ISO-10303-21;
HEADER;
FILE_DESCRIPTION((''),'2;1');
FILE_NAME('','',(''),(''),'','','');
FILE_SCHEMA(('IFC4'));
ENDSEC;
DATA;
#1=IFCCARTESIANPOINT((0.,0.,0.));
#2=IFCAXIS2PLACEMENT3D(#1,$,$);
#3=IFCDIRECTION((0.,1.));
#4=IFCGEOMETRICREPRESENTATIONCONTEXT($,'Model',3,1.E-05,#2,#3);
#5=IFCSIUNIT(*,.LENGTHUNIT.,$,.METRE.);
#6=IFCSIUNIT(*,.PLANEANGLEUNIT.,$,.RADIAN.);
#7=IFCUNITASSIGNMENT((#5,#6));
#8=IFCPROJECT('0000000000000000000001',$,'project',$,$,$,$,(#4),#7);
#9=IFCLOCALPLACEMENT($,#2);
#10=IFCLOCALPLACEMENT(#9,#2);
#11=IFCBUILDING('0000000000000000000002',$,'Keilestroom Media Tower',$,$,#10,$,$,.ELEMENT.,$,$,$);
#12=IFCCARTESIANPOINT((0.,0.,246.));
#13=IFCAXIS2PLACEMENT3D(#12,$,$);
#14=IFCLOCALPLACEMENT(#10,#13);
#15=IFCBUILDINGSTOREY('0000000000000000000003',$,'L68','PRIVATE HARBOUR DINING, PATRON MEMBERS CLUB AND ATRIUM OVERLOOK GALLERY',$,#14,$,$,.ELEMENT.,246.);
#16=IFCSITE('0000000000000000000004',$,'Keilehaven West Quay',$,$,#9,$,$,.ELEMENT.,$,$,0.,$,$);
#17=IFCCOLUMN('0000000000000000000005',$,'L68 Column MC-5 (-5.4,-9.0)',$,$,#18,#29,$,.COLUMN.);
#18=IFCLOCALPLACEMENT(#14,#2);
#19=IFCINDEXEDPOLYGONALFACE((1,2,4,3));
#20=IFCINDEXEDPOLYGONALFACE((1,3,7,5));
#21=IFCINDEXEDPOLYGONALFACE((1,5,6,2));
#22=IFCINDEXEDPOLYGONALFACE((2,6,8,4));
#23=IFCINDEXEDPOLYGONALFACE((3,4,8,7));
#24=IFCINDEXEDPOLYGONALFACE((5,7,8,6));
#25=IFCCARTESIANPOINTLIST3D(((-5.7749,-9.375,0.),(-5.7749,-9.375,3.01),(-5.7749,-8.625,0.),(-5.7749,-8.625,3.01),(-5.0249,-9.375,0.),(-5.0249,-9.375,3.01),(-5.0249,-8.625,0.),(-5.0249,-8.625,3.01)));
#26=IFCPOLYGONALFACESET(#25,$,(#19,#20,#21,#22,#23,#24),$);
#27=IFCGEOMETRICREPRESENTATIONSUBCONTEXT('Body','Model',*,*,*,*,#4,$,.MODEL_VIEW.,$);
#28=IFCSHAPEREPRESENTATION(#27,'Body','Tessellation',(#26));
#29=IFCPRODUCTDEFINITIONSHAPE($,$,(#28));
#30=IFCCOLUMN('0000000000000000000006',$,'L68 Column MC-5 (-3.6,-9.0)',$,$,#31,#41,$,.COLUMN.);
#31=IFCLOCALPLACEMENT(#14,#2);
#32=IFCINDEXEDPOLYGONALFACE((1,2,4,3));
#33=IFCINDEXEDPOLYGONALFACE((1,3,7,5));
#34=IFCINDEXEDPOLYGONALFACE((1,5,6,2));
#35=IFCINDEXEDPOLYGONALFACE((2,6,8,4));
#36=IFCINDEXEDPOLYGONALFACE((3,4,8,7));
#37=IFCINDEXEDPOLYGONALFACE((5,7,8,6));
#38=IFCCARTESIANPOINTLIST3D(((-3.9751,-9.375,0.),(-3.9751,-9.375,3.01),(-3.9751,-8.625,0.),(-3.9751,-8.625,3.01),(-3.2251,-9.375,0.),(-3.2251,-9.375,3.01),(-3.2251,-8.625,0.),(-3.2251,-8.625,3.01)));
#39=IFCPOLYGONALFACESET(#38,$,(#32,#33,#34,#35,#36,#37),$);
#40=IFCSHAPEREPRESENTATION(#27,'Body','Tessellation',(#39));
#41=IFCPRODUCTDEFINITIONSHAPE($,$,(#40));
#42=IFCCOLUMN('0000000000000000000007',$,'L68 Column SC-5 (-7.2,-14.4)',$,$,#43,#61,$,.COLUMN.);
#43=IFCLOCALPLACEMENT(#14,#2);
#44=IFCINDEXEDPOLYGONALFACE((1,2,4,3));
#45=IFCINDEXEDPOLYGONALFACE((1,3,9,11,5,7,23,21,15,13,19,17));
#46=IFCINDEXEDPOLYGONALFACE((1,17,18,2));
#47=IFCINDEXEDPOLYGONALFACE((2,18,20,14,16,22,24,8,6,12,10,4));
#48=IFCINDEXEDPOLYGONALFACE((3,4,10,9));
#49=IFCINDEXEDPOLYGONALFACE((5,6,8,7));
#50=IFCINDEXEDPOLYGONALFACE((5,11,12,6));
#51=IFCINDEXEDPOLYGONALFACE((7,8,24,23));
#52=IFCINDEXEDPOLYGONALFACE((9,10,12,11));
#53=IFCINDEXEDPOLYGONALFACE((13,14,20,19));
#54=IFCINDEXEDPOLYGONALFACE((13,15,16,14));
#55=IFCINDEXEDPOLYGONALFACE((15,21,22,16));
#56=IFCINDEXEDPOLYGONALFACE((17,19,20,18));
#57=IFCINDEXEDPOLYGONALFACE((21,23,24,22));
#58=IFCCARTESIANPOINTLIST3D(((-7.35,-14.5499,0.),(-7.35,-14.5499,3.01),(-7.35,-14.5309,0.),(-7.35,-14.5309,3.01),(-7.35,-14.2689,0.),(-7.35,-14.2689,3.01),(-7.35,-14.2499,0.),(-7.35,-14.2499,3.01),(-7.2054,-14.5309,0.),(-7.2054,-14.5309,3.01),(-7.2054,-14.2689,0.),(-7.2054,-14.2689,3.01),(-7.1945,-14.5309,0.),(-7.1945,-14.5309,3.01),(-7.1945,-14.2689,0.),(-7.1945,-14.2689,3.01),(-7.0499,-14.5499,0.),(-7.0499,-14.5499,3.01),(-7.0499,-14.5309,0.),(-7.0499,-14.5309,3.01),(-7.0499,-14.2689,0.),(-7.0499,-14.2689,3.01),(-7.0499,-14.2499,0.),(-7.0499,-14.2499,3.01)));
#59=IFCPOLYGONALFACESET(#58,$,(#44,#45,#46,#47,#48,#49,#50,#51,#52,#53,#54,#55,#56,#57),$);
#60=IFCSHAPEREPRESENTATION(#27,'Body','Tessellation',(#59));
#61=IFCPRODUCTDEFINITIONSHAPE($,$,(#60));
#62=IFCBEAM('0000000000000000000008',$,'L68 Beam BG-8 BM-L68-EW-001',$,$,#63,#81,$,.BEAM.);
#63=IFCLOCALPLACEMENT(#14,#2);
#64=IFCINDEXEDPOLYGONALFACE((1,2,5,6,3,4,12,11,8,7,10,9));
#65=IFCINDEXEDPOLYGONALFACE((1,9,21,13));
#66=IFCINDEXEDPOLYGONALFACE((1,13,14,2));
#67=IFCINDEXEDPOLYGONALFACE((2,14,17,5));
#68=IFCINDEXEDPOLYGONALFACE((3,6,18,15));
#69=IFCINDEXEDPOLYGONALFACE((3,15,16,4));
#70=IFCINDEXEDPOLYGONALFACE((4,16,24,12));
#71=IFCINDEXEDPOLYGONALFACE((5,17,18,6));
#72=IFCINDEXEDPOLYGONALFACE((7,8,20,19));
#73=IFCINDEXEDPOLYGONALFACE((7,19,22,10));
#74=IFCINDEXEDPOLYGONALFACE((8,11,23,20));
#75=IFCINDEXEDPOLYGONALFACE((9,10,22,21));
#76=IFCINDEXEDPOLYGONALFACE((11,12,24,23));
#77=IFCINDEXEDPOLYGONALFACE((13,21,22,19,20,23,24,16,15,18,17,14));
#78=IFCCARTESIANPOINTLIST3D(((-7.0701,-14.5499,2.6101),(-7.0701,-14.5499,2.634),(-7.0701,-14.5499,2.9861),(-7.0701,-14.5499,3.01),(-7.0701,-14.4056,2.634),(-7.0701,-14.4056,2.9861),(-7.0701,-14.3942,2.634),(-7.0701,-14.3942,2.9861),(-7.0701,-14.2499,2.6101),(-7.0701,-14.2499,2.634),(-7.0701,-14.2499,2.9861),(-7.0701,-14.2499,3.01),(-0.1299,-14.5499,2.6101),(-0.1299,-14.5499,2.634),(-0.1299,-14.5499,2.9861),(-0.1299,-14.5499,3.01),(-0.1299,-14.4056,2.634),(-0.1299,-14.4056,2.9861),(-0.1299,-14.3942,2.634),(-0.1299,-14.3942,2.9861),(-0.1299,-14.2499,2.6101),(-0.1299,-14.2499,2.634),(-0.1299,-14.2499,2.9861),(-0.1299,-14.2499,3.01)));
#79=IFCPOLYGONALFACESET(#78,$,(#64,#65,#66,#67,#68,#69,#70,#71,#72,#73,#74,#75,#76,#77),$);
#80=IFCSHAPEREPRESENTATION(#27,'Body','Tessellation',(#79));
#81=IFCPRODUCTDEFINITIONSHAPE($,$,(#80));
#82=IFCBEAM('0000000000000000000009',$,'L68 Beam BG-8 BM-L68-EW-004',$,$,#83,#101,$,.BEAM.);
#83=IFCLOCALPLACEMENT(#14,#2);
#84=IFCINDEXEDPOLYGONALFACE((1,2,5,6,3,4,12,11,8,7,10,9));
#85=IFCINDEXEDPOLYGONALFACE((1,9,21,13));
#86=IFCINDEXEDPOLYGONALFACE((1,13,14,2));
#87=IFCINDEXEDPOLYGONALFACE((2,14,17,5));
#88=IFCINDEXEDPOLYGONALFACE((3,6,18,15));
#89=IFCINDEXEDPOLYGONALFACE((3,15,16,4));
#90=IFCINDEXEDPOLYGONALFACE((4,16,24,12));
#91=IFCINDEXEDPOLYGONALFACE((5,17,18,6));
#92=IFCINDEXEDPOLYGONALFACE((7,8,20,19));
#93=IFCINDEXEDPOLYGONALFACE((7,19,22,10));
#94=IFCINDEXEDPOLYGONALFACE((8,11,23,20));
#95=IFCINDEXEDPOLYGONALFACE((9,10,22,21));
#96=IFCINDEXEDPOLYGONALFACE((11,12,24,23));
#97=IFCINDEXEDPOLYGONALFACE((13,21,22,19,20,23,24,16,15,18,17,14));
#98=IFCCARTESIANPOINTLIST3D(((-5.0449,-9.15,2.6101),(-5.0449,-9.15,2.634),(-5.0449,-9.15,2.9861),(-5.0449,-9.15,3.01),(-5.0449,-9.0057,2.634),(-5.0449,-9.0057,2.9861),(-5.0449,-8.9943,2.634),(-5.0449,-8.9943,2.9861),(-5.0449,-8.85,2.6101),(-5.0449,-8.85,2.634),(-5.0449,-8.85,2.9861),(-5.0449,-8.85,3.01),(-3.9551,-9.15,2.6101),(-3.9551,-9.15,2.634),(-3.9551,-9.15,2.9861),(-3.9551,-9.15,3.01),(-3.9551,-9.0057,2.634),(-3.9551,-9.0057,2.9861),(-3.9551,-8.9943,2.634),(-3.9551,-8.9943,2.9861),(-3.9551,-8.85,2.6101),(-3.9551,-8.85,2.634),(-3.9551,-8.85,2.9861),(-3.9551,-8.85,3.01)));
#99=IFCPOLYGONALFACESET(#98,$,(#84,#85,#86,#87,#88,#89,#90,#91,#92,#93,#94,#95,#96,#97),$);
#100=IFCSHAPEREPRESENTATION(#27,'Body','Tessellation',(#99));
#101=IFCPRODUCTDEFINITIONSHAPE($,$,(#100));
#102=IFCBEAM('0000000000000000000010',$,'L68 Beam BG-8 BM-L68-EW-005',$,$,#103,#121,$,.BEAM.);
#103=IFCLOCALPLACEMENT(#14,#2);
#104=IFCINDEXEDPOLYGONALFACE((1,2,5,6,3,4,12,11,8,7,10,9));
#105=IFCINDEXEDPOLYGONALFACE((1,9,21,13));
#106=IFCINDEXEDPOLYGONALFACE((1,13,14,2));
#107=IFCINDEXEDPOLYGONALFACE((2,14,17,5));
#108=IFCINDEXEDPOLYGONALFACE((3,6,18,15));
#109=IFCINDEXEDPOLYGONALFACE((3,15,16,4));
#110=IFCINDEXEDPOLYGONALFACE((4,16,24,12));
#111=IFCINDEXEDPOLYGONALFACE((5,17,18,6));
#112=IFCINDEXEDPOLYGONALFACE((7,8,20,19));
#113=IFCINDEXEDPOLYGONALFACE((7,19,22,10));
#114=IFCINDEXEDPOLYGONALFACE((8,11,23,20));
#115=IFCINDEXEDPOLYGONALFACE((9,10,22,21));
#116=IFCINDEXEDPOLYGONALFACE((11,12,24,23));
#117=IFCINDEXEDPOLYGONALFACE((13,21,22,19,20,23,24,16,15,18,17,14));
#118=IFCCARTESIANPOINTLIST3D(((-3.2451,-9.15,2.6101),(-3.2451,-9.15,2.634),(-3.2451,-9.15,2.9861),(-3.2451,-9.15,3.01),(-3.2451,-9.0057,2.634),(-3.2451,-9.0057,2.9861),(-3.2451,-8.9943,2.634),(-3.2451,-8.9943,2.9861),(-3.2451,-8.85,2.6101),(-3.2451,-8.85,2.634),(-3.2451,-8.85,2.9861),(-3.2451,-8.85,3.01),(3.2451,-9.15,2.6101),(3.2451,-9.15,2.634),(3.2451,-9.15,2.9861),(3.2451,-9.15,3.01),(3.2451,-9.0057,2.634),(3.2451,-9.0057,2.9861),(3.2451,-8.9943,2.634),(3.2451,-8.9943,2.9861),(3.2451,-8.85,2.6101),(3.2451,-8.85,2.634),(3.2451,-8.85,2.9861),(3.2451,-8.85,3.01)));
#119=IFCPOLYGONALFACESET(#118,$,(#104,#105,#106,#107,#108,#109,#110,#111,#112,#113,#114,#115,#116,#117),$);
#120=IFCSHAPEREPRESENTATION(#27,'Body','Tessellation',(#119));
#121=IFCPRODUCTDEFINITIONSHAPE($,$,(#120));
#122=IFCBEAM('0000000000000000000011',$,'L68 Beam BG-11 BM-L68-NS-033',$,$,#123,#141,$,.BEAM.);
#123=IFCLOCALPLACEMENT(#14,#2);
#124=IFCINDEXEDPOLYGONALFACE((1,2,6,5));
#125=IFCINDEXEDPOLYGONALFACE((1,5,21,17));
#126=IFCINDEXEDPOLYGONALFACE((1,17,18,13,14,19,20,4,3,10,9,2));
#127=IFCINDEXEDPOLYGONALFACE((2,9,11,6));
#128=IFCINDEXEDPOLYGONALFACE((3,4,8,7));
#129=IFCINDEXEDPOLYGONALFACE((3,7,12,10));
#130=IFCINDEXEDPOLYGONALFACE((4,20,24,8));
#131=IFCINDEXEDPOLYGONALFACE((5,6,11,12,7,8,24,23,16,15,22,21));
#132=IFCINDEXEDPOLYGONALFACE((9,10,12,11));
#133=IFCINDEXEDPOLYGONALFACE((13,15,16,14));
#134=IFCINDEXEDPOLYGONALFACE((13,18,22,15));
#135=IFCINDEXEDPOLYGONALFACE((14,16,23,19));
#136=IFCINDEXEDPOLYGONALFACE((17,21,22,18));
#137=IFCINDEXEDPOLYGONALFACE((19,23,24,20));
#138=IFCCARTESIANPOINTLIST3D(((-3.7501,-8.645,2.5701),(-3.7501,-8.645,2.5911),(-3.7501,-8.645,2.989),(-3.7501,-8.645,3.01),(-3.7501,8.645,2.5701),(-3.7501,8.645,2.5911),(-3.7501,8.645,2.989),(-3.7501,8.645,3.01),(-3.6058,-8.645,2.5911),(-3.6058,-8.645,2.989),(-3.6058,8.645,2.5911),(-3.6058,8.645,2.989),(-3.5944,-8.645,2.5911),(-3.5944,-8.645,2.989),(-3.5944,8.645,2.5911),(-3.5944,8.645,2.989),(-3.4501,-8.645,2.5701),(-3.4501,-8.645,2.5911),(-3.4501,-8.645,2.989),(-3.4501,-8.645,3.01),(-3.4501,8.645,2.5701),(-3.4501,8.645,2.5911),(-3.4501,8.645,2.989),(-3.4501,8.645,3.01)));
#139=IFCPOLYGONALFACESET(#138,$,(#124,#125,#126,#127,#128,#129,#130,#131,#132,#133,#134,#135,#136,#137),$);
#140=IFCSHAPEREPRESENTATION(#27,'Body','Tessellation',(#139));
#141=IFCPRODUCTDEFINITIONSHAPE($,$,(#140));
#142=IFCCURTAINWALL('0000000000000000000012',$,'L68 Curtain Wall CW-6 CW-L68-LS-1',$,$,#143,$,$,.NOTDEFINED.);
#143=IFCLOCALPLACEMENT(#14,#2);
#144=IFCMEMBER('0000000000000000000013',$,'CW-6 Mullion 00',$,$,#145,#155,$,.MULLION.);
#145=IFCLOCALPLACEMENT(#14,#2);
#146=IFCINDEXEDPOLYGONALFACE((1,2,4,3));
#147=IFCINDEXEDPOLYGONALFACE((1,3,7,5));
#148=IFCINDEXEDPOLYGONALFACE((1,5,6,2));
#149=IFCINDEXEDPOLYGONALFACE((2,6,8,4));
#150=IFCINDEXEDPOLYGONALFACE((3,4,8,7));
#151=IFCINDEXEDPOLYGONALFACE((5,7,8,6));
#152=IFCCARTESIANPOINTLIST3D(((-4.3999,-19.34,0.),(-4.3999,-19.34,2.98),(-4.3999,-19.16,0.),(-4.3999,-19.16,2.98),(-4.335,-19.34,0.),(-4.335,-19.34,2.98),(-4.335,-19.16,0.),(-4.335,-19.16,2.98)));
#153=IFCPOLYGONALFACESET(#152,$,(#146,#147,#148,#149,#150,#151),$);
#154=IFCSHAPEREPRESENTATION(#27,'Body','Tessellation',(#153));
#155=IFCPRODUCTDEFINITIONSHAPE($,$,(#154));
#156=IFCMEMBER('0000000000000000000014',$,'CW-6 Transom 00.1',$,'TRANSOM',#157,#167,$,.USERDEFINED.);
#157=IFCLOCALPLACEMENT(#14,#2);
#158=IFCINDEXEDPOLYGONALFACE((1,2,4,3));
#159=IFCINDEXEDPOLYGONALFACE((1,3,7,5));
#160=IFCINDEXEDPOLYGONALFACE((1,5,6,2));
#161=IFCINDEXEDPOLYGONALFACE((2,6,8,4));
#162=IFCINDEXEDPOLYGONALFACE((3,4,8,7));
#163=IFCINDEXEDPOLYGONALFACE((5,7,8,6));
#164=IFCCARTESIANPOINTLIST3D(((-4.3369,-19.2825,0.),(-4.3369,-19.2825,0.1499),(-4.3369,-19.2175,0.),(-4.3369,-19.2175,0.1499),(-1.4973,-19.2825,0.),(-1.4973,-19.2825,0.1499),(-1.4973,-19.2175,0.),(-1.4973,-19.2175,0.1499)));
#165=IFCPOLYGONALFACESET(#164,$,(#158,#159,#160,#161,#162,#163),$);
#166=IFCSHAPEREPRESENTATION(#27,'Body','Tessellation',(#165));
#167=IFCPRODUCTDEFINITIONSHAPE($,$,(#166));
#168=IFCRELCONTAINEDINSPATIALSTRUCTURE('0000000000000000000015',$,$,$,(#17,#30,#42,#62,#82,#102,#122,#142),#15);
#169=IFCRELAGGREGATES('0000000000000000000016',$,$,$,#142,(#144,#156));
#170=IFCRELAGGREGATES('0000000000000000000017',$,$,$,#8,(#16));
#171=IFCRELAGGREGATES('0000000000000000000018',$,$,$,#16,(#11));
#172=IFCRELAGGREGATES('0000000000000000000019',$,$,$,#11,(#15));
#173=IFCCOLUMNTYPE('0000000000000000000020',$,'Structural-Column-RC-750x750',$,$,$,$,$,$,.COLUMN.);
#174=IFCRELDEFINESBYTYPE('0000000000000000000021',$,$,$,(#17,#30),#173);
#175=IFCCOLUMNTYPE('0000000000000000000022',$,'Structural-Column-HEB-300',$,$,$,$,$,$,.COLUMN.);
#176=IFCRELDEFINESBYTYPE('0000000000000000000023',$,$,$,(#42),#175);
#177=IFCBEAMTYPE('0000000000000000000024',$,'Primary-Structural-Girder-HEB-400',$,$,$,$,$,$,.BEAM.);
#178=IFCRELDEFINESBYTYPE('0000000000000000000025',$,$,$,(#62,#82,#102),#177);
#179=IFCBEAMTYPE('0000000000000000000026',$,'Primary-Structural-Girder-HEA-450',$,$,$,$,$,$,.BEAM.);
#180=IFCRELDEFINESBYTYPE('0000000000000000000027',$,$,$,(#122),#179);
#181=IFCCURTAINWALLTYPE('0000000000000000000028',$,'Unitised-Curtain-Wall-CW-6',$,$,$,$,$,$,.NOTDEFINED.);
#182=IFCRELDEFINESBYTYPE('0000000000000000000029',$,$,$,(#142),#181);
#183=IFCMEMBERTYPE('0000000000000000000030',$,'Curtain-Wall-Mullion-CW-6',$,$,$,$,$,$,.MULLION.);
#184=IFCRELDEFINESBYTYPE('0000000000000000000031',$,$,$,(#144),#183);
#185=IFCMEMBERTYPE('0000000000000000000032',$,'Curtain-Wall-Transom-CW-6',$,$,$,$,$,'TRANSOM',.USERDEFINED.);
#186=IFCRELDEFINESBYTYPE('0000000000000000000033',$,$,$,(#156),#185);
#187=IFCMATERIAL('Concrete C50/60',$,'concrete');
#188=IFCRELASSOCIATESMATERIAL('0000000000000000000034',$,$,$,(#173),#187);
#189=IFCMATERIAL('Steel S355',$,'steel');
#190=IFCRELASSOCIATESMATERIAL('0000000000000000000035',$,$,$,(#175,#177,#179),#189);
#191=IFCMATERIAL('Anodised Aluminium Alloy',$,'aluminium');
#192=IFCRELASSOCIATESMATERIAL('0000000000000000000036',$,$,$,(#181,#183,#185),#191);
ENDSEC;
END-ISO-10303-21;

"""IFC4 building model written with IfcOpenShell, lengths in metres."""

from ifc_helpers import new_model, si_unit, direction, frame, origin, origin_2d, place, context, subcontext, project, spatial, rectangle, i_section, extrude, source, transform, mapped, material, material_profile, profile_set, type_object, element, aggregate, save


model = new_model("IFC4")

# Units and contexts
model_context = context("Model", 3, precision=1e-05, world=origin(), true_north=direction((0.0, 1.0)))
body_context = subcontext(model_context, "Body", "Model", "MODEL_VIEW")
ifc_project = project(units=[si_unit("LENGTHUNIT", "METRE"), si_unit("PLANEANGLEUNIT", "RADIAN")], contexts=[model_context])

# Site, building, storey
site_placement = place(None, origin())
site = spatial("IfcSite", under=ifc_project, at=site_placement, Name="Keilehaven West Quay", CompositionType="ELEMENT", RefElevation=0.0)
building_placement = place(site_placement, origin())
building = spatial("IfcBuilding", under=site, at=building_placement, Name="Keilestroom Media Tower", CompositionType="ELEMENT")
storey_placement = place(building_placement, frame((0.0, 0.0, 246.0)))
storey = spatial("IfcBuildingStorey", under=building, at=storey_placement, Name="L68", Description="PRIVATE HARBOUR DINING, PATRON MEMBERS CLUB AND ATRIUM OVERLOOK GALLERY", CompositionType="ELEMENT", Elevation=246.0)

# Columns
ifc_material_1 = material(Name="Concrete C50/60", Category="concrete")
ifc_material_profile_1 = material_profile(ifc_material_1, rectangle(XDim=0.75, YDim=0.75, at=origin_2d()), Name="RC 750x750")
ifc_profile_set_1 = profile_set([ifc_material_profile_1], Name="Concrete C50/60")
column_type_1 = type_object("IfcColumnType", Name="Structural-Column-RC-750x750", PredefinedType="COLUMN", material=ifc_profile_set_1)
shared_shape_1 = source(origin(), body_context, "Body", "SweptSolid", [
    extrude(rectangle(XDim=0.75, YDim=0.75, at=origin_2d()), origin(), (0.0, 0.0, 1.0), 3.01),
])
for number, where, z_axis, x_axis, name in (
    (1, (-5.3999, -9.0, 0.0), (0.0, 0.0, 1.0), (1.0, 0.0, 0.0), "L68 Column MC-5 (-5.4,-9.0)"),
    (2, (-3.6001, -9.0, 0.0), (0.0, 0.0, 1.0), (1.0, 0.0, 0.0), "L68 Column MC-5 (-3.6,-9.0)"),
):
    element("IfcColumn", number, at=place(storey_placement, frame(where, z_axis=z_axis, x_axis=x_axis)), inside=storey, type_object=column_type_1, Name=name, PredefinedType="COLUMN", context=body_context, shape_type="MappedRepresentation", body=[
        mapped(shared_shape_1, transform((0.0, 0.0, 0.0), x_axis=(1.0, 0.0, 0.0), y_axis=(0.0, 1.0, 0.0), z_axis=(0.0, 0.0, 1.0), scale=1.0)),
    ])
ifc_material_2 = material(Name="Steel S355", Category="steel")
ifc_material_profile_2 = material_profile(ifc_material_2, i_section(OverallWidth=0.3, OverallDepth=0.3, WebThickness=0.011, FlangeThickness=0.019, at=origin_2d()), Name="HEB 300")
ifc_profile_set_2 = profile_set([ifc_material_profile_2], Name="Steel S355")
column_type_2 = type_object("IfcColumnType", Name="Structural-Column-HEB-300", PredefinedType="COLUMN", material=ifc_profile_set_2)
shared_shape_2 = source(origin(), body_context, "Body", "SweptSolid", [
    extrude(i_section(OverallWidth=0.3, OverallDepth=0.3, WebThickness=0.011, FlangeThickness=0.019, at=origin_2d()), origin(), (0.0, 0.0, 1.0), 3.01),
])
column_placement = place(storey_placement, frame((-7.2, -14.3999, 0.0), z_axis=(0.0, 0.0, 1.0), x_axis=(1.0, 0.0, 0.0)))
element("IfcColumn", 3, at=column_placement, inside=storey, type_object=column_type_2, Name="L68 Column SC-5 (-7.2,-14.4)", PredefinedType="COLUMN", context=body_context, shape_type="MappedRepresentation", body=[
    mapped(shared_shape_2, transform((0.0, 0.0, 0.0), x_axis=(1.0, 0.0, 0.0), y_axis=(0.0, 1.0, 0.0), z_axis=(0.0, 0.0, 1.0), scale=1.0)),
])

# Beams
ifc_material_profile_3 = material_profile(ifc_material_2, i_section(OverallWidth=0.3, OverallDepth=0.3999, WebThickness=0.0115, FlangeThickness=0.0239, at=origin_2d()), Name="HEB 400")
ifc_profile_set_3 = profile_set([ifc_material_profile_3], Name="Steel S355")
beam_type_1 = type_object("IfcBeamType", Name="Primary-Structural-Girder-HEB-400", PredefinedType="BEAM", material=ifc_profile_set_3)
shared_shape_3 = source(origin(), body_context, "Body", "SweptSolid", [
    extrude(i_section(OverallWidth=0.3, OverallDepth=0.3999, WebThickness=0.0115, FlangeThickness=0.0239, at=origin_2d()), origin(), (0.0, 0.0, 1.0), 6.9402),
])
beam_1_placement = place(storey_placement, frame((-7.0701, -14.3999, 2.8101), z_axis=(1.0, 0.0, 0.0), x_axis=(0.0, 1.0, 0.0)))
element("IfcBeam", 4, at=beam_1_placement, inside=storey, type_object=beam_type_1, Name="L68 Beam BG-8 BM-L68-EW-001", PredefinedType="BEAM", context=body_context, shape_type="MappedRepresentation", body=[
    mapped(shared_shape_3, transform((0.0, 0.0, 0.0), x_axis=(1.0, 0.0, 0.0), y_axis=(0.0, 1.0, 0.0), z_axis=(0.0, 0.0, 1.0), scale=1.0)),
])
shared_shape_4 = source(origin(), body_context, "Body", "SweptSolid", [
    extrude(i_section(OverallWidth=0.3, OverallDepth=0.3999, WebThickness=0.0115, FlangeThickness=0.0239, at=origin_2d()), origin(), (0.0, 0.0, 1.0), 1.0898),
])
beam_2_placement = place(storey_placement, frame((-5.0449, -9.0, 2.8101), z_axis=(1.0, 0.0, 0.0), x_axis=(0.0, 1.0, 0.0)))
element("IfcBeam", 5, at=beam_2_placement, inside=storey, type_object=beam_type_1, Name="L68 Beam BG-8 BM-L68-EW-004", PredefinedType="BEAM", context=body_context, shape_type="MappedRepresentation", body=[
    mapped(shared_shape_4, transform((0.0, 0.0, 0.0), x_axis=(1.0, 0.0, 0.0), y_axis=(0.0, 1.0, 0.0), z_axis=(0.0, 0.0, 1.0), scale=1.0)),
])
shared_shape_5 = source(origin(), body_context, "Body", "SweptSolid", [
    extrude(i_section(OverallWidth=0.3, OverallDepth=0.3999, WebThickness=0.0115, FlangeThickness=0.0239, at=origin_2d()), origin(), (0.0, 0.0, 1.0), 6.4902),
])
beam_3_placement = place(storey_placement, frame((-3.2451, -9.0, 2.8101), z_axis=(1.0, 0.0, 0.0), x_axis=(0.0, 1.0, 0.0)))
element("IfcBeam", 6, at=beam_3_placement, inside=storey, type_object=beam_type_1, Name="L68 Beam BG-8 BM-L68-EW-005", PredefinedType="BEAM", context=body_context, shape_type="MappedRepresentation", body=[
    mapped(shared_shape_5, transform((0.0, 0.0, 0.0), x_axis=(1.0, 0.0, 0.0), y_axis=(0.0, 1.0, 0.0), z_axis=(0.0, 0.0, 1.0), scale=1.0)),
])
ifc_material_profile_4 = material_profile(ifc_material_2, i_section(OverallWidth=0.3, OverallDepth=0.4399, WebThickness=0.0115, FlangeThickness=0.021, at=origin_2d()), Name="HEA 450")
ifc_profile_set_4 = profile_set([ifc_material_profile_4], Name="Steel S355")
beam_type_2 = type_object("IfcBeamType", Name="Primary-Structural-Girder-HEA-450", PredefinedType="BEAM", material=ifc_profile_set_4)
shared_shape_6 = source(origin(), body_context, "Body", "SweptSolid", [
    extrude(i_section(OverallWidth=0.3, OverallDepth=0.4399, WebThickness=0.0115, FlangeThickness=0.021, at=origin_2d()), origin(), (0.0, 0.0, 1.0), 17.29),
])
beam_4_placement = place(storey_placement, frame((-3.6001, -8.645, 2.79), z_axis=(0.0, 1.0, 0.0), x_axis=(-1.0, 0.0, 0.0)))
element("IfcBeam", 7, at=beam_4_placement, inside=storey, type_object=beam_type_2, Name="L68 Beam BG-11 BM-L68-NS-033", PredefinedType="BEAM", context=body_context, shape_type="MappedRepresentation", body=[
    mapped(shared_shape_6, transform((0.0, 0.0, 0.0), x_axis=(1.0, 0.0, 0.0), y_axis=(0.0, 1.0, 0.0), z_axis=(0.0, 0.0, 1.0), scale=1.0)),
])

# Curtain wall, members
ifc_material_3 = material(Name="Anodised Aluminium Alloy", Category="aluminium")
curtain_wall_type = type_object("IfcCurtainWallType", Name="Unitised-Curtain-Wall-CW-6", PredefinedType="NOTDEFINED", material=ifc_material_3)
curtain_wall_placement = place(storey_placement, origin())
curtain_wall = element("IfcCurtainWall", 8, at=curtain_wall_placement, inside=storey, type_object=curtain_wall_type, Name="L68 Curtain Wall CW-6 CW-L68-LS-1", PredefinedType="NOTDEFINED")
ifc_material_profile_5 = material_profile(ifc_material_3, rectangle(XDim=0.0649, YDim=0.1799, at=origin_2d()), Name="ALU MULLION 65x180")
ifc_profile_set_5 = profile_set([ifc_material_profile_5], Name="Anodised Aluminium Alloy")
member_type_1 = type_object("IfcMemberType", Name="Curtain-Wall-Mullion-CW-6", PredefinedType="MULLION", material=ifc_profile_set_5)
shared_shape_7 = source(origin(), body_context, "Body", "SweptSolid", [
    extrude(rectangle(XDim=0.0649, YDim=0.1799, at=origin_2d()), origin(), (0.0, 0.0, 1.0), 2.98),
])
member_1_placement = place(storey_placement, frame((-4.3674, -19.25, 0.0), z_axis=(0.0, 0.0, 1.0), x_axis=(1.0, 0.0, 0.0)))
member_1 = element("IfcMember", 9, at=member_1_placement, type_object=member_type_1, Name="CW-6 Mullion 00", PredefinedType="MULLION", context=body_context, shape_type="MappedRepresentation", body=[
    mapped(shared_shape_7, transform((0.0, 0.0, 0.0), x_axis=(1.0, 0.0, 0.0), y_axis=(0.0, 1.0, 0.0), z_axis=(0.0, 0.0, 1.0), scale=1.0)),
])
ifc_material_profile_6 = material_profile(ifc_material_3, rectangle(XDim=0.0649, YDim=0.1499, at=origin_2d()), Name="ALU TRANSOM 65x150")
ifc_profile_set_6 = profile_set([ifc_material_profile_6], Name="Anodised Aluminium Alloy")
member_type_2 = type_object("IfcMemberType", Name="Curtain-Wall-Transom-CW-6", ElementType="TRANSOM", PredefinedType="USERDEFINED", material=ifc_profile_set_6)
shared_shape_8 = source(origin(), body_context, "Body", "SweptSolid", [
    extrude(rectangle(XDim=0.0649, YDim=0.1499, at=origin_2d()), origin(), (0.0, 0.0, 1.0), 2.8396),
])
member_2_placement = place(storey_placement, frame((-4.3369, -19.25, 0.075), z_axis=(1.0, 0.0, 0.0), x_axis=(0.0, 1.0, 0.0)))
member_2 = element("IfcMember", 10, at=member_2_placement, type_object=member_type_2, Name="CW-6 Transom 00.1", ObjectType="TRANSOM", PredefinedType="USERDEFINED", context=body_context, shape_type="MappedRepresentation", body=[
    mapped(shared_shape_8, transform((0.0, 0.0, 0.0), x_axis=(1.0, 0.0, 0.0), y_axis=(0.0, 1.0, 0.0), z_axis=(0.0, 0.0, 1.0), scale=1.0)),
])
aggregate(curtain_wall, [member_1, member_2])

save(model, "model.ifc")
